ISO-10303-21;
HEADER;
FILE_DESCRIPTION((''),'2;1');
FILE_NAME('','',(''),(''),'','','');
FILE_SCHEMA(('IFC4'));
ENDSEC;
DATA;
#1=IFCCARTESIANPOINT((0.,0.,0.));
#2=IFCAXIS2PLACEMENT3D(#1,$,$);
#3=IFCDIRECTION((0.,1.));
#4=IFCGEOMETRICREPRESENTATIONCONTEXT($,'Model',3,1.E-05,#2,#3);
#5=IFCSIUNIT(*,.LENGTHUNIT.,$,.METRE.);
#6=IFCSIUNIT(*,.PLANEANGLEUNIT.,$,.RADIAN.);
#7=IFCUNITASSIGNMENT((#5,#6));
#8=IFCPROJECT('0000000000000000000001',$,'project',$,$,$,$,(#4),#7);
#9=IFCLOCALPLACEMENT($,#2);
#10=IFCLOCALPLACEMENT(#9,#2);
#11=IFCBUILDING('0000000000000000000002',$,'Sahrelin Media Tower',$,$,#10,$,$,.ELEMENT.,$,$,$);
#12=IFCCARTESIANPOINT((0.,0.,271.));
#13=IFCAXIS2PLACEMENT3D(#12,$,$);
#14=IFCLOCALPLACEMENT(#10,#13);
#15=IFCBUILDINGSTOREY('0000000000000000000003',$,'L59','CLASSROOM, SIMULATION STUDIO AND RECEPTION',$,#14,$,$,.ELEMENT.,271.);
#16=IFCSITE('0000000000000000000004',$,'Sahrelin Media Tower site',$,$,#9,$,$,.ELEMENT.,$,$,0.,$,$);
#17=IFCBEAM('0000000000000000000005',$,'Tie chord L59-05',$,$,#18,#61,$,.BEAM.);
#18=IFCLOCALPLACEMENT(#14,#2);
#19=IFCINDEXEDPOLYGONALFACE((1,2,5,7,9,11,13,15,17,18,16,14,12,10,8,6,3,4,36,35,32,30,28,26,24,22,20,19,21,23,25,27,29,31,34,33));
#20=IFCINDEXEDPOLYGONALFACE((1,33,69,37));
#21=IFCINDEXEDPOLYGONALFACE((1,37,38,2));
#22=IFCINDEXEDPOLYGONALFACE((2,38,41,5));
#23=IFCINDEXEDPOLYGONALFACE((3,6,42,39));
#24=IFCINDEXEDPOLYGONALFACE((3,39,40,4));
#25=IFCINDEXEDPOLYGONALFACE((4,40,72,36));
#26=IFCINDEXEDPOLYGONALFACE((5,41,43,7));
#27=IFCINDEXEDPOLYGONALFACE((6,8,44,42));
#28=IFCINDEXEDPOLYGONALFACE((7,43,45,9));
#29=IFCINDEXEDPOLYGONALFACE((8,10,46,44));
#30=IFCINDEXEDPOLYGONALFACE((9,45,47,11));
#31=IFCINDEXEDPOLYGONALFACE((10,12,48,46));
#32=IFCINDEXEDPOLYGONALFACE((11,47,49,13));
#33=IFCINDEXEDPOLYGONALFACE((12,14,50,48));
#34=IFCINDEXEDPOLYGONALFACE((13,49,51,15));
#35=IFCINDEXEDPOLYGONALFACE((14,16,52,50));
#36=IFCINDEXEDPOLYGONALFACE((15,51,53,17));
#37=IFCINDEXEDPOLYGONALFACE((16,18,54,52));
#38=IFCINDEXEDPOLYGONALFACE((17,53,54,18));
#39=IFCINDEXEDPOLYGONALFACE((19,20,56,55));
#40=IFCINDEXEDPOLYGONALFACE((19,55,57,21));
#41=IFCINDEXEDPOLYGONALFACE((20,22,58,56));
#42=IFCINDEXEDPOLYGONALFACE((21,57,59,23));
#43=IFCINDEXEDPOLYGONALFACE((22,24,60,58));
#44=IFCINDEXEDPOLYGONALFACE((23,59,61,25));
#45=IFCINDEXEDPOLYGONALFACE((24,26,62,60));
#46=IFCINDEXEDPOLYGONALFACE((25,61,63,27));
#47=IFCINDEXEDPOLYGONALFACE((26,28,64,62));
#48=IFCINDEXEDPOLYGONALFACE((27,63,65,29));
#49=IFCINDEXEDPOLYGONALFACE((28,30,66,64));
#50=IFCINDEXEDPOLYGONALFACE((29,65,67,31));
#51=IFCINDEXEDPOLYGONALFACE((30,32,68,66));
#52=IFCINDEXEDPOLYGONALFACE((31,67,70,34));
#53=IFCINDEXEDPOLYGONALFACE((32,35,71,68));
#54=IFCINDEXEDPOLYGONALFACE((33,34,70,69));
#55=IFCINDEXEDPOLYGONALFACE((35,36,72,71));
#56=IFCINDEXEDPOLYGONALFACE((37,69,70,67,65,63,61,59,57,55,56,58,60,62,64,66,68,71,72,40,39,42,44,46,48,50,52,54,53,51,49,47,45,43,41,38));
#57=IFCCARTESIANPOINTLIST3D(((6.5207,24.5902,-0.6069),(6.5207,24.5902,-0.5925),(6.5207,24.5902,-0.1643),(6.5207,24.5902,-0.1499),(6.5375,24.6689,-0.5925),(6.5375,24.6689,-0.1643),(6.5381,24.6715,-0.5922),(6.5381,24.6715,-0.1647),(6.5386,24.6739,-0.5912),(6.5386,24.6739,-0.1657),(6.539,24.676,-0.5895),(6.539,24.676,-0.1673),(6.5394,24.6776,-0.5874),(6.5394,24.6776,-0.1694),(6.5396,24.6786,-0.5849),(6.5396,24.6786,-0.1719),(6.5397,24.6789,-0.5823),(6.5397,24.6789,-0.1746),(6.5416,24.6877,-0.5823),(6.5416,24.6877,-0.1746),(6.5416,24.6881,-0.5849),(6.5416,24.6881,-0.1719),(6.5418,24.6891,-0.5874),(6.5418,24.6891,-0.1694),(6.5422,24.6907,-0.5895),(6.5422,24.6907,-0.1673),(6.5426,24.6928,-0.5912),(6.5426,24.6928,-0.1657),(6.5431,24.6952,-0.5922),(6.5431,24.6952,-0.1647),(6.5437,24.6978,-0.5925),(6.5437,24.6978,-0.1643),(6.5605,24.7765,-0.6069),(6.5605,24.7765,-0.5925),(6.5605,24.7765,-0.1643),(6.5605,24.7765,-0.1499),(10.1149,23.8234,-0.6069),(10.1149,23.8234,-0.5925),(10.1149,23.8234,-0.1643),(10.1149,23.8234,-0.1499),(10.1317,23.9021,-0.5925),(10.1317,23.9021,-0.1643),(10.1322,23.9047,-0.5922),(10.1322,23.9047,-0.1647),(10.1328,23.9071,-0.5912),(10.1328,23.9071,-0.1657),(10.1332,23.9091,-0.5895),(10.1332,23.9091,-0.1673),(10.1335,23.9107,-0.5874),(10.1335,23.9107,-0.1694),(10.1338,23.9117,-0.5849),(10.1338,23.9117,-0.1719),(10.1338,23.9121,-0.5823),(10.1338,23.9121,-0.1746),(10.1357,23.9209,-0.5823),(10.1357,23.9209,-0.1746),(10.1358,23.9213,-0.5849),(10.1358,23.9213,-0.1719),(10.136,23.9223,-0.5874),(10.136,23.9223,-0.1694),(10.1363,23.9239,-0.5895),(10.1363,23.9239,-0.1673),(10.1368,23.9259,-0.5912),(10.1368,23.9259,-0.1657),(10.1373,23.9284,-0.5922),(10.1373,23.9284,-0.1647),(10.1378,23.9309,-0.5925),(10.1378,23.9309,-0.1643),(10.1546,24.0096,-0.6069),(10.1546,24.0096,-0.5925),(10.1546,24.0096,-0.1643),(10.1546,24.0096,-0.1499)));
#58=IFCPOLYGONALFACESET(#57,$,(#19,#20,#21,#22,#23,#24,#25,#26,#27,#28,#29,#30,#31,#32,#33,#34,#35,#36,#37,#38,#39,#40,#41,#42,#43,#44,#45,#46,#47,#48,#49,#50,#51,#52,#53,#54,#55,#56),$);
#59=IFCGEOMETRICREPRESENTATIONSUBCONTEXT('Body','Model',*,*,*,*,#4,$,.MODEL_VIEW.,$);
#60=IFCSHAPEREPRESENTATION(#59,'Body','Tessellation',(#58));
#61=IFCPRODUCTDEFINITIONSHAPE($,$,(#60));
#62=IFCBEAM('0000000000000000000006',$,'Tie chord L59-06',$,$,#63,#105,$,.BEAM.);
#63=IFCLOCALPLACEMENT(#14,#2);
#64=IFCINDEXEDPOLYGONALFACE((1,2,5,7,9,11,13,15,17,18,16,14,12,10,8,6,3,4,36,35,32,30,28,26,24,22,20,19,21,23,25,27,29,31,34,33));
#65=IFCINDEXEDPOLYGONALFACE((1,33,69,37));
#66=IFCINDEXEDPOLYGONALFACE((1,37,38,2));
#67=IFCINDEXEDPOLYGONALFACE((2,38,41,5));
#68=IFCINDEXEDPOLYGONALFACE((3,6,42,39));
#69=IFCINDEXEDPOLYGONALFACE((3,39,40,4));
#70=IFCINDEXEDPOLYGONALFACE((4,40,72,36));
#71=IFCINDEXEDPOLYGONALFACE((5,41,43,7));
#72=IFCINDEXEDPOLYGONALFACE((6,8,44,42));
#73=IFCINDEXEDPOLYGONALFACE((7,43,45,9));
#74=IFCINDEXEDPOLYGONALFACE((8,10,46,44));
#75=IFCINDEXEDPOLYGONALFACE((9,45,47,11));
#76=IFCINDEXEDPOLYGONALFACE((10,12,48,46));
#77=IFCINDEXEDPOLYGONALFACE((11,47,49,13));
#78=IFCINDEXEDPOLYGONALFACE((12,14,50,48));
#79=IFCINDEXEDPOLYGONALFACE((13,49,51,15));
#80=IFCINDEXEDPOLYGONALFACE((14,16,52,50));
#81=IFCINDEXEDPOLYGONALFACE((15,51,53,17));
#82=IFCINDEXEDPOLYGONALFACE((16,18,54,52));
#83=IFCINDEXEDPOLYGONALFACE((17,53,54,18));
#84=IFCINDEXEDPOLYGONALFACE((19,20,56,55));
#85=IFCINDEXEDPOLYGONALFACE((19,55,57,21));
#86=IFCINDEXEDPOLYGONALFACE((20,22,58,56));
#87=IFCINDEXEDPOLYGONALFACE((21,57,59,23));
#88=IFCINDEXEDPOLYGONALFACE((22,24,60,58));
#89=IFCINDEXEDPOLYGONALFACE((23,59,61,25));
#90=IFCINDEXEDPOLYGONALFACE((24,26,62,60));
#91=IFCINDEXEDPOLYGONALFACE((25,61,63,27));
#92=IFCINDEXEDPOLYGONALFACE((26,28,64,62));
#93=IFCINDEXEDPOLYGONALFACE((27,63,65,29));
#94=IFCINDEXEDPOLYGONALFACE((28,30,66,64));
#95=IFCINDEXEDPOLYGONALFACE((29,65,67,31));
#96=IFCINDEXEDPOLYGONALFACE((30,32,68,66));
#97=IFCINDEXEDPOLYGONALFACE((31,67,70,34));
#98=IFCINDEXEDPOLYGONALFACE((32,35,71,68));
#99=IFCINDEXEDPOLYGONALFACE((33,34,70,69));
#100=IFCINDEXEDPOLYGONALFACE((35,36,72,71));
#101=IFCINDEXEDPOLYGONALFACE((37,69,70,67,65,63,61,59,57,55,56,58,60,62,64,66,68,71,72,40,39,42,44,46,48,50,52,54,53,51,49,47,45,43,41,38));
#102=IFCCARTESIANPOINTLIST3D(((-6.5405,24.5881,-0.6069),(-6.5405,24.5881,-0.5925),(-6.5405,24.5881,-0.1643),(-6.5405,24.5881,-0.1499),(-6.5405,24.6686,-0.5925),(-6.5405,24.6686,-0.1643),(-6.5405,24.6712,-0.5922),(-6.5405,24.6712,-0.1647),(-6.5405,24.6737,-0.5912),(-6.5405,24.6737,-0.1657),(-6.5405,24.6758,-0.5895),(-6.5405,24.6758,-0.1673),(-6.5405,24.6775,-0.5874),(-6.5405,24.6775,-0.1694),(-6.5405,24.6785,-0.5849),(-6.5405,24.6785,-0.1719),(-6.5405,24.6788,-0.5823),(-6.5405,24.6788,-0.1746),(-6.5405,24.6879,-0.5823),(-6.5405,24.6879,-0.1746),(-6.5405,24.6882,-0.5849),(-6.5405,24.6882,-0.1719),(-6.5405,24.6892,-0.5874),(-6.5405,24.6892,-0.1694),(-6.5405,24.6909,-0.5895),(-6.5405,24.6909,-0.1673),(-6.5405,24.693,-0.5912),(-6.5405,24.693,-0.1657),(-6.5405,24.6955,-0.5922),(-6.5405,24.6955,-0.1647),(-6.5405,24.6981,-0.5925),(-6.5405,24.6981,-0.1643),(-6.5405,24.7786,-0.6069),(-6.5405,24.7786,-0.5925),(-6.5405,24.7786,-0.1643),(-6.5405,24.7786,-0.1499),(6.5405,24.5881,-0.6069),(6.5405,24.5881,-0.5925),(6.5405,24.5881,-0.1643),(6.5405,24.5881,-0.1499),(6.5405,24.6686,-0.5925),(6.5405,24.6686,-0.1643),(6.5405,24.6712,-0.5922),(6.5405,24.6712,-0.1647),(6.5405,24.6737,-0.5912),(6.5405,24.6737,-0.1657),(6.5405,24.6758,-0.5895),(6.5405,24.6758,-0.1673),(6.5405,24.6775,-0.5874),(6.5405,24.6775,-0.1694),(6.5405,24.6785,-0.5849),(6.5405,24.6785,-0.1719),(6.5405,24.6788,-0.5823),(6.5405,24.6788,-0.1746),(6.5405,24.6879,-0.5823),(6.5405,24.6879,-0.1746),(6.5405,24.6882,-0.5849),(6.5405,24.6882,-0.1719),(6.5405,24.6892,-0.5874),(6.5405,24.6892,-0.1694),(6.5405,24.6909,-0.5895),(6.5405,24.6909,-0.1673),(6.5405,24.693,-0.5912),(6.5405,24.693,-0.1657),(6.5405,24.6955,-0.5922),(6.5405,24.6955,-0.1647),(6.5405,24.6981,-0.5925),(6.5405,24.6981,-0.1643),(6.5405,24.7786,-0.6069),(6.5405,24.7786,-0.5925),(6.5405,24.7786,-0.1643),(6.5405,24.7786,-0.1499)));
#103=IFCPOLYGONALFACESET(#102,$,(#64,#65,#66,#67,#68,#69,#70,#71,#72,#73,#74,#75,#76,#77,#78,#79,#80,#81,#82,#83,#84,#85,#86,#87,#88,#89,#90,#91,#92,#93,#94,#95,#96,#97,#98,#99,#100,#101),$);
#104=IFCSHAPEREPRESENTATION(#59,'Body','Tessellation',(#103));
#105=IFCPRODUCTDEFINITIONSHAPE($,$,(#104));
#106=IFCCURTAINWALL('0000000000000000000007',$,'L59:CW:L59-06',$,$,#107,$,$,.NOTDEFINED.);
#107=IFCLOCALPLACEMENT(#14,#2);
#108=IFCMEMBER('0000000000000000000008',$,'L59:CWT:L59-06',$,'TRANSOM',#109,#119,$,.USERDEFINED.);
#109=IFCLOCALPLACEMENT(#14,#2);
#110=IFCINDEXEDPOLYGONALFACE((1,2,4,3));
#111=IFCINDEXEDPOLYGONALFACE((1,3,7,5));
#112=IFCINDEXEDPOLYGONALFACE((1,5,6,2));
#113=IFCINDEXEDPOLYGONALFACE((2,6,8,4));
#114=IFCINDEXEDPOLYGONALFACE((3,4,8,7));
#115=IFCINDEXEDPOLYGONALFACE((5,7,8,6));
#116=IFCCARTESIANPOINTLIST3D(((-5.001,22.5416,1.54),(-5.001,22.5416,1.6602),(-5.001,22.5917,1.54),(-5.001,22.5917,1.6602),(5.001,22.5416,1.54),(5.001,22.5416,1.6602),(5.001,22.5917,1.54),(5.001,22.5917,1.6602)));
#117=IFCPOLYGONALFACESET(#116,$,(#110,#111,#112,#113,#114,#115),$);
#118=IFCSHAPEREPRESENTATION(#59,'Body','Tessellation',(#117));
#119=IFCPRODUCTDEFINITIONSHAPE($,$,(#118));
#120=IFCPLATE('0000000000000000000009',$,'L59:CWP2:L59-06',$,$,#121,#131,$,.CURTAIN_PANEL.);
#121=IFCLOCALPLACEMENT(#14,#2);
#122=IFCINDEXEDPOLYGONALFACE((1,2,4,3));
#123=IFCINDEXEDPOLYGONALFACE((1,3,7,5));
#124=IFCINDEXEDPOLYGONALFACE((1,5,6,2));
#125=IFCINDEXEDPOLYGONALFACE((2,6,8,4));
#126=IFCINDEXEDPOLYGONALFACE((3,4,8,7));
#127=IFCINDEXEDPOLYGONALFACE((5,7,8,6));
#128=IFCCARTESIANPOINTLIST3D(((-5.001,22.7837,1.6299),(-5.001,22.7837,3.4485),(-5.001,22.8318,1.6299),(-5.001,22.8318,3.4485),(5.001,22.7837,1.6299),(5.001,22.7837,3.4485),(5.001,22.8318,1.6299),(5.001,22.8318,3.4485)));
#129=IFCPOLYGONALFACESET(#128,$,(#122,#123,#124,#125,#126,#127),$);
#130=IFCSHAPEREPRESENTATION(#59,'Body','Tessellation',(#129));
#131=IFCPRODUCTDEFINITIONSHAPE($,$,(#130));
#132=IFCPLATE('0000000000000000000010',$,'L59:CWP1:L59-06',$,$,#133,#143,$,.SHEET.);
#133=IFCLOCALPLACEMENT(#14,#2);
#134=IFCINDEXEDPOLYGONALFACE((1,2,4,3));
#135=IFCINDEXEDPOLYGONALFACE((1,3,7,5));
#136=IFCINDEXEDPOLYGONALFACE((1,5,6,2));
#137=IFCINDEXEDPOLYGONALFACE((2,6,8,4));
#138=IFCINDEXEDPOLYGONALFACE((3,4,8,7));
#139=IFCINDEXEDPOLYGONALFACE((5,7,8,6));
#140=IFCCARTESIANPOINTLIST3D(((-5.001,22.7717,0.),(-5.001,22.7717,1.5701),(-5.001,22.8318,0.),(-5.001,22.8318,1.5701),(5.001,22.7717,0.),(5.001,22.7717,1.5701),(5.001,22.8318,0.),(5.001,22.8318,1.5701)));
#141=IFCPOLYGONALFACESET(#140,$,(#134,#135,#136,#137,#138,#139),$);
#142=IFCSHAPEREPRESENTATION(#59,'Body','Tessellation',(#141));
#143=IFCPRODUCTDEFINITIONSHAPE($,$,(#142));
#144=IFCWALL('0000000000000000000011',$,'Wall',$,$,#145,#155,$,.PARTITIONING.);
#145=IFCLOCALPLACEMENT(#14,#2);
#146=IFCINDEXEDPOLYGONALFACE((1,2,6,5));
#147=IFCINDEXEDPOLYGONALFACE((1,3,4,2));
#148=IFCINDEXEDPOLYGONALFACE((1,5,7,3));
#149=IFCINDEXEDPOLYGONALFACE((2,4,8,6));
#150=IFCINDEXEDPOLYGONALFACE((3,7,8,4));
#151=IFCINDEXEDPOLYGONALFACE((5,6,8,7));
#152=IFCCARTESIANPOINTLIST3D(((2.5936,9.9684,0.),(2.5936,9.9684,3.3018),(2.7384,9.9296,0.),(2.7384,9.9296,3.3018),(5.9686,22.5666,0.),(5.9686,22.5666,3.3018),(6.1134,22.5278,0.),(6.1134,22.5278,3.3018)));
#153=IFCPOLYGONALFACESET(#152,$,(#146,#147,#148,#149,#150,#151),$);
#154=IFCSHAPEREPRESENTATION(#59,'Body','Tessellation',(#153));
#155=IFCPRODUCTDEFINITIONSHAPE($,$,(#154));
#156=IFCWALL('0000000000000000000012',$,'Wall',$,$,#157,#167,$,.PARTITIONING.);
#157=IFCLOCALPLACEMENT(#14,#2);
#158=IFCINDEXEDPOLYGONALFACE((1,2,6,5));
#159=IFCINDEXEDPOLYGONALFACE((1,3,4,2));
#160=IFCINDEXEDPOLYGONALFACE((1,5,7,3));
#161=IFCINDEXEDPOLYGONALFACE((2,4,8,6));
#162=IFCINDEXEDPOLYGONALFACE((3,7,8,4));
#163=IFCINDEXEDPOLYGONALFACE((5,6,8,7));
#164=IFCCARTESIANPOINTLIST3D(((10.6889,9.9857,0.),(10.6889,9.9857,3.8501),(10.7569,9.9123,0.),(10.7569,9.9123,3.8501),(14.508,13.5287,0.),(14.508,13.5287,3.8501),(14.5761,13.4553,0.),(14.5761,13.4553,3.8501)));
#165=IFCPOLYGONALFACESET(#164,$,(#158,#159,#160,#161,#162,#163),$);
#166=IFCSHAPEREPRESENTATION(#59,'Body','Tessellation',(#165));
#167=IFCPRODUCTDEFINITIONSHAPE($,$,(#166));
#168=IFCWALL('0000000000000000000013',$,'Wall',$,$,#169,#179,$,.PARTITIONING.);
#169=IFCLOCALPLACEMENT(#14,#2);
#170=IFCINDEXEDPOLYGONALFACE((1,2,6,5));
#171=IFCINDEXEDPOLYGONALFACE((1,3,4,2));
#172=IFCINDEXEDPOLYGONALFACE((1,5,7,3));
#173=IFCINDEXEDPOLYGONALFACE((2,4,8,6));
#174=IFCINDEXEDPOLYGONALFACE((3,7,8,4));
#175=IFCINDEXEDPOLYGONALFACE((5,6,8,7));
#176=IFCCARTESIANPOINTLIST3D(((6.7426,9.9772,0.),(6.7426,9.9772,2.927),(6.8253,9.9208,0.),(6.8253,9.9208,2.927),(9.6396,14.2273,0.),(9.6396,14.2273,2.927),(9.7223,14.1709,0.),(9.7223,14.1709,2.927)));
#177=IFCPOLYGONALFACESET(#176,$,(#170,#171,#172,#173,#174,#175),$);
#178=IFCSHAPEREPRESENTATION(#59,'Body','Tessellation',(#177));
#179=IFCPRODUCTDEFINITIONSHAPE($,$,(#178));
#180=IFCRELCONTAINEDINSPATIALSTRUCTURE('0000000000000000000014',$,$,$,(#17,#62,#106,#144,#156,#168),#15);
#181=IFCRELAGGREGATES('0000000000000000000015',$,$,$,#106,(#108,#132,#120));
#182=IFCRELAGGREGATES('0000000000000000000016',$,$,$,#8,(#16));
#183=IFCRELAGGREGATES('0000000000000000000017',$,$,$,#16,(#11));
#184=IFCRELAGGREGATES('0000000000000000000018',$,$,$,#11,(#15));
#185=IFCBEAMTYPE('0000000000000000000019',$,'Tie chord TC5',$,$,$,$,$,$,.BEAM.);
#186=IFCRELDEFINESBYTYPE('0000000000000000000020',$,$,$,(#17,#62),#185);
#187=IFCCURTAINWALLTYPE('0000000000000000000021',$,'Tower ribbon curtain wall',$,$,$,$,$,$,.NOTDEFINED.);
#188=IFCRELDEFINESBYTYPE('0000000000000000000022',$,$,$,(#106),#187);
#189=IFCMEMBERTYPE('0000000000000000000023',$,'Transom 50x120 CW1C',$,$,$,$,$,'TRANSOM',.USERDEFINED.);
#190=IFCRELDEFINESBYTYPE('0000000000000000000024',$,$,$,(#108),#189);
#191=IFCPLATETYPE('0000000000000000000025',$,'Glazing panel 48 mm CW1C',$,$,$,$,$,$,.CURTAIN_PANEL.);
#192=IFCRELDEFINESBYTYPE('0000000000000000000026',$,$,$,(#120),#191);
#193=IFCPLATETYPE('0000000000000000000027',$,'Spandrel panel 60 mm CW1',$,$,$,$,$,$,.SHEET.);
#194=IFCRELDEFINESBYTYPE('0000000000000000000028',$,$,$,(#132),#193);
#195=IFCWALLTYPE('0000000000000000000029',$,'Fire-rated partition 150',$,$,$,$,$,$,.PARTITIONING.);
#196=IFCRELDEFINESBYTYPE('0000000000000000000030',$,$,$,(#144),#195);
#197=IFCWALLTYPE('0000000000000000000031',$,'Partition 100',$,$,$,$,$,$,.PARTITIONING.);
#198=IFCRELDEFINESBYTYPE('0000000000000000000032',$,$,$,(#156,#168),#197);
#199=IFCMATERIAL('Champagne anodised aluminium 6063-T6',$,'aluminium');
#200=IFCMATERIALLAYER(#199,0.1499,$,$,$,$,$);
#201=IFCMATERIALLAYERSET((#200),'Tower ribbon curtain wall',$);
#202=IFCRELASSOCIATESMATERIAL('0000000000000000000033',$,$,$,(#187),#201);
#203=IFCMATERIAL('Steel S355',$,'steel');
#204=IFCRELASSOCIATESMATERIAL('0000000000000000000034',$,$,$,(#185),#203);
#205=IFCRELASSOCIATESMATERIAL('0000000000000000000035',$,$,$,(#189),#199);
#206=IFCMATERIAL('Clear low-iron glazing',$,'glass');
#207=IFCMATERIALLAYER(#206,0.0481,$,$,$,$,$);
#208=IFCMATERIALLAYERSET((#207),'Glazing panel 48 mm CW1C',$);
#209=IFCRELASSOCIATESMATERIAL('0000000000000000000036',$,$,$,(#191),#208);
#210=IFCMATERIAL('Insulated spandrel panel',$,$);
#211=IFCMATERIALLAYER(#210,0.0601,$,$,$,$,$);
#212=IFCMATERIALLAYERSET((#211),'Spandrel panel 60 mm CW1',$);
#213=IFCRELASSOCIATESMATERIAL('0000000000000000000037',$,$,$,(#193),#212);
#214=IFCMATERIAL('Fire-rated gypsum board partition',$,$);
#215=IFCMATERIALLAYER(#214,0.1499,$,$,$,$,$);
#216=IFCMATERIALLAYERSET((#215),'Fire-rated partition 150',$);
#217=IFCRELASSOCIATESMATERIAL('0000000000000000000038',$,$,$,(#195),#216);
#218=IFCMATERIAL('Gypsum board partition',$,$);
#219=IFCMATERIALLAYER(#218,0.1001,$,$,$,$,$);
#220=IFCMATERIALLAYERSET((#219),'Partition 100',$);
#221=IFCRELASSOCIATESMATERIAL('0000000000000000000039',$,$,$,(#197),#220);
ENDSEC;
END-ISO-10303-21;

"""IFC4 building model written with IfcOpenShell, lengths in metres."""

from ifc_helpers import new_model, si_unit, direction, frame, frame_2d, origin, origin_2d, place, context, subcontext, project, spatial, polyline, rectangle, i_section, outline, extrude, material, layer, layer_set, material_profile, profile_set, type_object, element, aggregate, save


model = new_model("IFC4")

# Units and contexts
model_context = context("Model", 3, precision=1e-05, world=origin(), true_north=direction((0.0, 1.0)))
body_context = subcontext(model_context, "Body", "Model", "MODEL_VIEW")
ifc_project = project(units=[si_unit("LENGTHUNIT", "METRE"), si_unit("PLANEANGLEUNIT", "RADIAN")], contexts=[model_context])

# Site, building, storey
site_placement = place(None, origin())
site = spatial("IfcSite", under=ifc_project, at=site_placement, Name="Sahrelin Media Tower site", CompositionType="ELEMENT", RefElevation=0.0)
building_placement = place(site_placement, origin())
building = spatial("IfcBuilding", under=site, at=building_placement, Name="Sahrelin Media Tower", CompositionType="ELEMENT")
storey_placement = place(building_placement, frame((0.0, 0.0, 271.0)))
storey = spatial("IfcBuildingStorey", under=building, at=storey_placement, Name="L59", Description="CLASSROOM, SIMULATION STUDIO AND RECEPTION", CompositionType="ELEMENT", Elevation=271.0)

# Shared definitions
ifc_material_1 = material(Name="Steel S355", Category="steel")

# Shared definitions
ifc_material_2 = material(Name="Champagne anodised aluminium 6063-T6", Category="aluminium")
ifc_layer_1 = layer(ifc_material_2, 0.1499)
ifc_layer_set_1 = layer_set([ifc_layer_1], Name="Tower ribbon curtain wall")
curtain_wall_type = type_object("IfcCurtainWallType", Name="Tower ribbon curtain wall", PredefinedType="NOTDEFINED", material=ifc_layer_set_1)

# Beams
ifc_material_profile_1 = material_profile(ifc_material_1, i_section(OverallWidth=0.1904, OverallDepth=0.457, WebThickness=0.009, FlangeThickness=0.0144, FilletRadius=0.0103, at=origin_2d()), Name="UB 457x191x74")
ifc_profile_set_1 = profile_set([ifc_material_profile_1], Name="Steel S355")
beam_type_1 = type_object("IfcBeamType", Name="Tie chord TC5", PredefinedType="BEAM", material=ifc_profile_set_1)
beam_1_placement = place(storey_placement, frame((10.1348, 23.9165, -0.3784), z_axis=(-0.977989, 0.208658, 0.0), x_axis=(-0.208658, -0.977989, 0.0)))
element("IfcBeam", 1, at=beam_1_placement, inside=storey, type_object=beam_type_1, Name="Tie chord L59-05", PredefinedType="BEAM", context=body_context, shape_type="SweptSolid", body=[
    extrude(i_section(OverallWidth=0.1904, OverallDepth=0.457, WebThickness=0.009, FlangeThickness=0.0144, FilletRadius=0.0103, at=origin_2d()), origin(), (0.0, 0.0, 1.0), 3.675),
])
beam_2_placement = place(storey_placement, frame((6.5405, 24.6833, -0.3784), z_axis=(-1.0, 0.0, 0.0), x_axis=(0.0, -1.0, 0.0)))
element("IfcBeam", 2, at=beam_2_placement, inside=storey, type_object=beam_type_1, Name="Tie chord L59-06", PredefinedType="BEAM", context=body_context, shape_type="SweptSolid", body=[
    extrude(i_section(OverallWidth=0.1904, OverallDepth=0.457, WebThickness=0.009, FlangeThickness=0.0144, FilletRadius=0.0103, at=origin_2d()), origin(), (0.0, 0.0, 1.0), 13.0811),
])

# Curtain wall, member, plates
curtain_wall_1_placement = place(storey_placement, frame((0.0, 22.8118, 0.0), z_axis=(0.0, 0.0, 1.0), x_axis=(1.0, 0.0, 0.0)))
curtain_wall_1 = element("IfcCurtainWall", 3, at=curtain_wall_1_placement, inside=storey, type_object=curtain_wall_type, Name="L59:CW:L59-06", PredefinedType="NOTDEFINED")
ifc_material_profile_2 = material_profile(ifc_material_2, rectangle(XDim=0.05, YDim=0.1201, at=origin_2d()), Name="Transom 50x120")
ifc_profile_set_2 = profile_set([ifc_material_profile_2], Name="Champagne anodised aluminium 6063-T6")
member_type_1 = type_object("IfcMemberType", Name="Transom 50x120 CW1C", ElementType="TRANSOM", PredefinedType="USERDEFINED", material=ifc_profile_set_2)
member_1_placement = place(storey_placement, frame((5.001, 22.5667, 1.6001), z_axis=(-1.0, 0.0, 0.0), x_axis=(0.0, -1.0, 0.0)))
member_1 = element("IfcMember", 4, at=member_1_placement, type_object=member_type_1, Name="L59:CWT:L59-06", ObjectType="TRANSOM", PredefinedType="USERDEFINED", context=body_context, shape_type="SweptSolid", body=[
    extrude(rectangle(XDim=0.05, YDim=0.1201, at=origin_2d()), origin(), (0.0, 0.0, 1.0), 10.002),
])
ifc_material_3 = material(Name="Clear low-iron glazing", Category="glass")
ifc_layer_2 = layer(ifc_material_3, 0.0481)
ifc_layer_set_2 = layer_set([ifc_layer_2], Name="Glazing panel 48 mm CW1C")
plate_type_1 = type_object("IfcPlateType", Name="Glazing panel 48 mm CW1C", PredefinedType="CURTAIN_PANEL", material=ifc_layer_set_2)
plate_1_placement = place(storey_placement, frame((5.001, 22.8318, 1.6299), z_axis=(0.0, 1.0, 0.0), x_axis=(-1.0, 0.0, 0.0)))
plate_1 = element("IfcPlate", 5, at=plate_1_placement, type_object=plate_type_1, Name="L59:CWP2:L59-06", PredefinedType="CURTAIN_PANEL", context=body_context, shape_type="SweptSolid", body=[
    extrude(outline(polyline([(0.0, 0.0), (10.002, 0.0), (10.002, 1.8186), (0.0, 1.8186), (0.0, 0.0)])), origin(), (0.0, 0.0, -1.0), 0.0481),
])
ifc_material_4 = material(Name="Insulated spandrel panel")
ifc_layer_3 = layer(ifc_material_4, 0.0601)
ifc_layer_set_3 = layer_set([ifc_layer_3], Name="Spandrel panel 60 mm CW1")
plate_type_2 = type_object("IfcPlateType", Name="Spandrel panel 60 mm CW1", PredefinedType="SHEET", material=ifc_layer_set_3)
plate_2_placement = place(storey_placement, frame((5.001, 22.8318, 0.0), z_axis=(0.0, 1.0, 0.0), x_axis=(-1.0, 0.0, 0.0)))
plate_2 = element("IfcPlate", 6, at=plate_2_placement, type_object=plate_type_2, Name="L59:CWP1:L59-06", PredefinedType="SHEET", context=body_context, shape_type="SweptSolid", body=[
    extrude(outline(polyline([(0.0, 0.0), (10.002, 0.0), (10.002, 1.5701), (0.0, 1.5701), (0.0, 0.0)])), origin(), (0.0, 0.0, -1.0), 0.0601),
])
aggregate(curtain_wall_1, [member_1, plate_2, plate_1])

# Walls
ifc_material_5 = material(Name="Fire-rated gypsum board partition")
ifc_layer_4 = layer(ifc_material_5, 0.1499)
ifc_layer_set_4 = layer_set([ifc_layer_4], Name="Fire-rated partition 150")
wall_type_1 = type_object("IfcWallType", Name="Fire-rated partition 150", PredefinedType="PARTITIONING", material=ifc_layer_set_4)
wall_1_placement = place(storey_placement, frame((2.666, 9.949, 0.0), z_axis=(0.0, 0.0, 1.0), x_axis=(0.258772, 0.965939, 0.0)))
element("IfcWall", 7, at=wall_1_placement, inside=storey, type_object=wall_type_1, Name="Wall", PredefinedType="PARTITIONING", context=body_context, shape_type="SweptSolid", body=[
    extrude(rectangle(XDim=13.0425, YDim=0.1499, at=frame_2d((6.5212, 0.0))), origin(), (0.0, 0.0, 1.0), 3.3018),
])
ifc_material_6 = material(Name="Gypsum board partition")
ifc_layer_5 = layer(ifc_material_6, 0.1001)
ifc_layer_set_5 = layer_set([ifc_layer_5], Name="Partition 100")
wall_type_2 = type_object("IfcWallType", Name="Partition 100", PredefinedType="PARTITIONING", material=ifc_layer_set_5)
wall_2_placement = place(storey_placement, frame((10.7229, 9.949, 0.0), z_axis=(0.0, 0.0, 1.0), x_axis=(0.733112, 0.680108, 0.0)))
element("IfcWall", 8, at=wall_2_placement, inside=storey, type_object=wall_type_2, Name="Wall", PredefinedType="PARTITIONING", context=body_context, shape_type="SweptSolid", body=[
    extrude(rectangle(XDim=5.2095, YDim=0.1001, at=frame_2d((2.6047, 0.0))), origin(), (0.0, 0.0, 1.0), 3.8501),
])
wall_3_placement = place(storey_placement, frame((6.7839, 9.949, 0.0), z_axis=(0.0, 0.0, 1.0), x_axis=(0.563237, 0.826296, 0.0)))
element("IfcWall", 9, at=wall_3_placement, inside=storey, type_object=wall_type_2, Name="Wall", PredefinedType="PARTITIONING", context=body_context, shape_type="SweptSolid", body=[
    extrude(rectangle(XDim=5.1436, YDim=0.1001, at=frame_2d((2.5718, 0.0))), origin(), (0.0, 0.0, 1.0), 2.927),
])

save(model, "model.ifc")
